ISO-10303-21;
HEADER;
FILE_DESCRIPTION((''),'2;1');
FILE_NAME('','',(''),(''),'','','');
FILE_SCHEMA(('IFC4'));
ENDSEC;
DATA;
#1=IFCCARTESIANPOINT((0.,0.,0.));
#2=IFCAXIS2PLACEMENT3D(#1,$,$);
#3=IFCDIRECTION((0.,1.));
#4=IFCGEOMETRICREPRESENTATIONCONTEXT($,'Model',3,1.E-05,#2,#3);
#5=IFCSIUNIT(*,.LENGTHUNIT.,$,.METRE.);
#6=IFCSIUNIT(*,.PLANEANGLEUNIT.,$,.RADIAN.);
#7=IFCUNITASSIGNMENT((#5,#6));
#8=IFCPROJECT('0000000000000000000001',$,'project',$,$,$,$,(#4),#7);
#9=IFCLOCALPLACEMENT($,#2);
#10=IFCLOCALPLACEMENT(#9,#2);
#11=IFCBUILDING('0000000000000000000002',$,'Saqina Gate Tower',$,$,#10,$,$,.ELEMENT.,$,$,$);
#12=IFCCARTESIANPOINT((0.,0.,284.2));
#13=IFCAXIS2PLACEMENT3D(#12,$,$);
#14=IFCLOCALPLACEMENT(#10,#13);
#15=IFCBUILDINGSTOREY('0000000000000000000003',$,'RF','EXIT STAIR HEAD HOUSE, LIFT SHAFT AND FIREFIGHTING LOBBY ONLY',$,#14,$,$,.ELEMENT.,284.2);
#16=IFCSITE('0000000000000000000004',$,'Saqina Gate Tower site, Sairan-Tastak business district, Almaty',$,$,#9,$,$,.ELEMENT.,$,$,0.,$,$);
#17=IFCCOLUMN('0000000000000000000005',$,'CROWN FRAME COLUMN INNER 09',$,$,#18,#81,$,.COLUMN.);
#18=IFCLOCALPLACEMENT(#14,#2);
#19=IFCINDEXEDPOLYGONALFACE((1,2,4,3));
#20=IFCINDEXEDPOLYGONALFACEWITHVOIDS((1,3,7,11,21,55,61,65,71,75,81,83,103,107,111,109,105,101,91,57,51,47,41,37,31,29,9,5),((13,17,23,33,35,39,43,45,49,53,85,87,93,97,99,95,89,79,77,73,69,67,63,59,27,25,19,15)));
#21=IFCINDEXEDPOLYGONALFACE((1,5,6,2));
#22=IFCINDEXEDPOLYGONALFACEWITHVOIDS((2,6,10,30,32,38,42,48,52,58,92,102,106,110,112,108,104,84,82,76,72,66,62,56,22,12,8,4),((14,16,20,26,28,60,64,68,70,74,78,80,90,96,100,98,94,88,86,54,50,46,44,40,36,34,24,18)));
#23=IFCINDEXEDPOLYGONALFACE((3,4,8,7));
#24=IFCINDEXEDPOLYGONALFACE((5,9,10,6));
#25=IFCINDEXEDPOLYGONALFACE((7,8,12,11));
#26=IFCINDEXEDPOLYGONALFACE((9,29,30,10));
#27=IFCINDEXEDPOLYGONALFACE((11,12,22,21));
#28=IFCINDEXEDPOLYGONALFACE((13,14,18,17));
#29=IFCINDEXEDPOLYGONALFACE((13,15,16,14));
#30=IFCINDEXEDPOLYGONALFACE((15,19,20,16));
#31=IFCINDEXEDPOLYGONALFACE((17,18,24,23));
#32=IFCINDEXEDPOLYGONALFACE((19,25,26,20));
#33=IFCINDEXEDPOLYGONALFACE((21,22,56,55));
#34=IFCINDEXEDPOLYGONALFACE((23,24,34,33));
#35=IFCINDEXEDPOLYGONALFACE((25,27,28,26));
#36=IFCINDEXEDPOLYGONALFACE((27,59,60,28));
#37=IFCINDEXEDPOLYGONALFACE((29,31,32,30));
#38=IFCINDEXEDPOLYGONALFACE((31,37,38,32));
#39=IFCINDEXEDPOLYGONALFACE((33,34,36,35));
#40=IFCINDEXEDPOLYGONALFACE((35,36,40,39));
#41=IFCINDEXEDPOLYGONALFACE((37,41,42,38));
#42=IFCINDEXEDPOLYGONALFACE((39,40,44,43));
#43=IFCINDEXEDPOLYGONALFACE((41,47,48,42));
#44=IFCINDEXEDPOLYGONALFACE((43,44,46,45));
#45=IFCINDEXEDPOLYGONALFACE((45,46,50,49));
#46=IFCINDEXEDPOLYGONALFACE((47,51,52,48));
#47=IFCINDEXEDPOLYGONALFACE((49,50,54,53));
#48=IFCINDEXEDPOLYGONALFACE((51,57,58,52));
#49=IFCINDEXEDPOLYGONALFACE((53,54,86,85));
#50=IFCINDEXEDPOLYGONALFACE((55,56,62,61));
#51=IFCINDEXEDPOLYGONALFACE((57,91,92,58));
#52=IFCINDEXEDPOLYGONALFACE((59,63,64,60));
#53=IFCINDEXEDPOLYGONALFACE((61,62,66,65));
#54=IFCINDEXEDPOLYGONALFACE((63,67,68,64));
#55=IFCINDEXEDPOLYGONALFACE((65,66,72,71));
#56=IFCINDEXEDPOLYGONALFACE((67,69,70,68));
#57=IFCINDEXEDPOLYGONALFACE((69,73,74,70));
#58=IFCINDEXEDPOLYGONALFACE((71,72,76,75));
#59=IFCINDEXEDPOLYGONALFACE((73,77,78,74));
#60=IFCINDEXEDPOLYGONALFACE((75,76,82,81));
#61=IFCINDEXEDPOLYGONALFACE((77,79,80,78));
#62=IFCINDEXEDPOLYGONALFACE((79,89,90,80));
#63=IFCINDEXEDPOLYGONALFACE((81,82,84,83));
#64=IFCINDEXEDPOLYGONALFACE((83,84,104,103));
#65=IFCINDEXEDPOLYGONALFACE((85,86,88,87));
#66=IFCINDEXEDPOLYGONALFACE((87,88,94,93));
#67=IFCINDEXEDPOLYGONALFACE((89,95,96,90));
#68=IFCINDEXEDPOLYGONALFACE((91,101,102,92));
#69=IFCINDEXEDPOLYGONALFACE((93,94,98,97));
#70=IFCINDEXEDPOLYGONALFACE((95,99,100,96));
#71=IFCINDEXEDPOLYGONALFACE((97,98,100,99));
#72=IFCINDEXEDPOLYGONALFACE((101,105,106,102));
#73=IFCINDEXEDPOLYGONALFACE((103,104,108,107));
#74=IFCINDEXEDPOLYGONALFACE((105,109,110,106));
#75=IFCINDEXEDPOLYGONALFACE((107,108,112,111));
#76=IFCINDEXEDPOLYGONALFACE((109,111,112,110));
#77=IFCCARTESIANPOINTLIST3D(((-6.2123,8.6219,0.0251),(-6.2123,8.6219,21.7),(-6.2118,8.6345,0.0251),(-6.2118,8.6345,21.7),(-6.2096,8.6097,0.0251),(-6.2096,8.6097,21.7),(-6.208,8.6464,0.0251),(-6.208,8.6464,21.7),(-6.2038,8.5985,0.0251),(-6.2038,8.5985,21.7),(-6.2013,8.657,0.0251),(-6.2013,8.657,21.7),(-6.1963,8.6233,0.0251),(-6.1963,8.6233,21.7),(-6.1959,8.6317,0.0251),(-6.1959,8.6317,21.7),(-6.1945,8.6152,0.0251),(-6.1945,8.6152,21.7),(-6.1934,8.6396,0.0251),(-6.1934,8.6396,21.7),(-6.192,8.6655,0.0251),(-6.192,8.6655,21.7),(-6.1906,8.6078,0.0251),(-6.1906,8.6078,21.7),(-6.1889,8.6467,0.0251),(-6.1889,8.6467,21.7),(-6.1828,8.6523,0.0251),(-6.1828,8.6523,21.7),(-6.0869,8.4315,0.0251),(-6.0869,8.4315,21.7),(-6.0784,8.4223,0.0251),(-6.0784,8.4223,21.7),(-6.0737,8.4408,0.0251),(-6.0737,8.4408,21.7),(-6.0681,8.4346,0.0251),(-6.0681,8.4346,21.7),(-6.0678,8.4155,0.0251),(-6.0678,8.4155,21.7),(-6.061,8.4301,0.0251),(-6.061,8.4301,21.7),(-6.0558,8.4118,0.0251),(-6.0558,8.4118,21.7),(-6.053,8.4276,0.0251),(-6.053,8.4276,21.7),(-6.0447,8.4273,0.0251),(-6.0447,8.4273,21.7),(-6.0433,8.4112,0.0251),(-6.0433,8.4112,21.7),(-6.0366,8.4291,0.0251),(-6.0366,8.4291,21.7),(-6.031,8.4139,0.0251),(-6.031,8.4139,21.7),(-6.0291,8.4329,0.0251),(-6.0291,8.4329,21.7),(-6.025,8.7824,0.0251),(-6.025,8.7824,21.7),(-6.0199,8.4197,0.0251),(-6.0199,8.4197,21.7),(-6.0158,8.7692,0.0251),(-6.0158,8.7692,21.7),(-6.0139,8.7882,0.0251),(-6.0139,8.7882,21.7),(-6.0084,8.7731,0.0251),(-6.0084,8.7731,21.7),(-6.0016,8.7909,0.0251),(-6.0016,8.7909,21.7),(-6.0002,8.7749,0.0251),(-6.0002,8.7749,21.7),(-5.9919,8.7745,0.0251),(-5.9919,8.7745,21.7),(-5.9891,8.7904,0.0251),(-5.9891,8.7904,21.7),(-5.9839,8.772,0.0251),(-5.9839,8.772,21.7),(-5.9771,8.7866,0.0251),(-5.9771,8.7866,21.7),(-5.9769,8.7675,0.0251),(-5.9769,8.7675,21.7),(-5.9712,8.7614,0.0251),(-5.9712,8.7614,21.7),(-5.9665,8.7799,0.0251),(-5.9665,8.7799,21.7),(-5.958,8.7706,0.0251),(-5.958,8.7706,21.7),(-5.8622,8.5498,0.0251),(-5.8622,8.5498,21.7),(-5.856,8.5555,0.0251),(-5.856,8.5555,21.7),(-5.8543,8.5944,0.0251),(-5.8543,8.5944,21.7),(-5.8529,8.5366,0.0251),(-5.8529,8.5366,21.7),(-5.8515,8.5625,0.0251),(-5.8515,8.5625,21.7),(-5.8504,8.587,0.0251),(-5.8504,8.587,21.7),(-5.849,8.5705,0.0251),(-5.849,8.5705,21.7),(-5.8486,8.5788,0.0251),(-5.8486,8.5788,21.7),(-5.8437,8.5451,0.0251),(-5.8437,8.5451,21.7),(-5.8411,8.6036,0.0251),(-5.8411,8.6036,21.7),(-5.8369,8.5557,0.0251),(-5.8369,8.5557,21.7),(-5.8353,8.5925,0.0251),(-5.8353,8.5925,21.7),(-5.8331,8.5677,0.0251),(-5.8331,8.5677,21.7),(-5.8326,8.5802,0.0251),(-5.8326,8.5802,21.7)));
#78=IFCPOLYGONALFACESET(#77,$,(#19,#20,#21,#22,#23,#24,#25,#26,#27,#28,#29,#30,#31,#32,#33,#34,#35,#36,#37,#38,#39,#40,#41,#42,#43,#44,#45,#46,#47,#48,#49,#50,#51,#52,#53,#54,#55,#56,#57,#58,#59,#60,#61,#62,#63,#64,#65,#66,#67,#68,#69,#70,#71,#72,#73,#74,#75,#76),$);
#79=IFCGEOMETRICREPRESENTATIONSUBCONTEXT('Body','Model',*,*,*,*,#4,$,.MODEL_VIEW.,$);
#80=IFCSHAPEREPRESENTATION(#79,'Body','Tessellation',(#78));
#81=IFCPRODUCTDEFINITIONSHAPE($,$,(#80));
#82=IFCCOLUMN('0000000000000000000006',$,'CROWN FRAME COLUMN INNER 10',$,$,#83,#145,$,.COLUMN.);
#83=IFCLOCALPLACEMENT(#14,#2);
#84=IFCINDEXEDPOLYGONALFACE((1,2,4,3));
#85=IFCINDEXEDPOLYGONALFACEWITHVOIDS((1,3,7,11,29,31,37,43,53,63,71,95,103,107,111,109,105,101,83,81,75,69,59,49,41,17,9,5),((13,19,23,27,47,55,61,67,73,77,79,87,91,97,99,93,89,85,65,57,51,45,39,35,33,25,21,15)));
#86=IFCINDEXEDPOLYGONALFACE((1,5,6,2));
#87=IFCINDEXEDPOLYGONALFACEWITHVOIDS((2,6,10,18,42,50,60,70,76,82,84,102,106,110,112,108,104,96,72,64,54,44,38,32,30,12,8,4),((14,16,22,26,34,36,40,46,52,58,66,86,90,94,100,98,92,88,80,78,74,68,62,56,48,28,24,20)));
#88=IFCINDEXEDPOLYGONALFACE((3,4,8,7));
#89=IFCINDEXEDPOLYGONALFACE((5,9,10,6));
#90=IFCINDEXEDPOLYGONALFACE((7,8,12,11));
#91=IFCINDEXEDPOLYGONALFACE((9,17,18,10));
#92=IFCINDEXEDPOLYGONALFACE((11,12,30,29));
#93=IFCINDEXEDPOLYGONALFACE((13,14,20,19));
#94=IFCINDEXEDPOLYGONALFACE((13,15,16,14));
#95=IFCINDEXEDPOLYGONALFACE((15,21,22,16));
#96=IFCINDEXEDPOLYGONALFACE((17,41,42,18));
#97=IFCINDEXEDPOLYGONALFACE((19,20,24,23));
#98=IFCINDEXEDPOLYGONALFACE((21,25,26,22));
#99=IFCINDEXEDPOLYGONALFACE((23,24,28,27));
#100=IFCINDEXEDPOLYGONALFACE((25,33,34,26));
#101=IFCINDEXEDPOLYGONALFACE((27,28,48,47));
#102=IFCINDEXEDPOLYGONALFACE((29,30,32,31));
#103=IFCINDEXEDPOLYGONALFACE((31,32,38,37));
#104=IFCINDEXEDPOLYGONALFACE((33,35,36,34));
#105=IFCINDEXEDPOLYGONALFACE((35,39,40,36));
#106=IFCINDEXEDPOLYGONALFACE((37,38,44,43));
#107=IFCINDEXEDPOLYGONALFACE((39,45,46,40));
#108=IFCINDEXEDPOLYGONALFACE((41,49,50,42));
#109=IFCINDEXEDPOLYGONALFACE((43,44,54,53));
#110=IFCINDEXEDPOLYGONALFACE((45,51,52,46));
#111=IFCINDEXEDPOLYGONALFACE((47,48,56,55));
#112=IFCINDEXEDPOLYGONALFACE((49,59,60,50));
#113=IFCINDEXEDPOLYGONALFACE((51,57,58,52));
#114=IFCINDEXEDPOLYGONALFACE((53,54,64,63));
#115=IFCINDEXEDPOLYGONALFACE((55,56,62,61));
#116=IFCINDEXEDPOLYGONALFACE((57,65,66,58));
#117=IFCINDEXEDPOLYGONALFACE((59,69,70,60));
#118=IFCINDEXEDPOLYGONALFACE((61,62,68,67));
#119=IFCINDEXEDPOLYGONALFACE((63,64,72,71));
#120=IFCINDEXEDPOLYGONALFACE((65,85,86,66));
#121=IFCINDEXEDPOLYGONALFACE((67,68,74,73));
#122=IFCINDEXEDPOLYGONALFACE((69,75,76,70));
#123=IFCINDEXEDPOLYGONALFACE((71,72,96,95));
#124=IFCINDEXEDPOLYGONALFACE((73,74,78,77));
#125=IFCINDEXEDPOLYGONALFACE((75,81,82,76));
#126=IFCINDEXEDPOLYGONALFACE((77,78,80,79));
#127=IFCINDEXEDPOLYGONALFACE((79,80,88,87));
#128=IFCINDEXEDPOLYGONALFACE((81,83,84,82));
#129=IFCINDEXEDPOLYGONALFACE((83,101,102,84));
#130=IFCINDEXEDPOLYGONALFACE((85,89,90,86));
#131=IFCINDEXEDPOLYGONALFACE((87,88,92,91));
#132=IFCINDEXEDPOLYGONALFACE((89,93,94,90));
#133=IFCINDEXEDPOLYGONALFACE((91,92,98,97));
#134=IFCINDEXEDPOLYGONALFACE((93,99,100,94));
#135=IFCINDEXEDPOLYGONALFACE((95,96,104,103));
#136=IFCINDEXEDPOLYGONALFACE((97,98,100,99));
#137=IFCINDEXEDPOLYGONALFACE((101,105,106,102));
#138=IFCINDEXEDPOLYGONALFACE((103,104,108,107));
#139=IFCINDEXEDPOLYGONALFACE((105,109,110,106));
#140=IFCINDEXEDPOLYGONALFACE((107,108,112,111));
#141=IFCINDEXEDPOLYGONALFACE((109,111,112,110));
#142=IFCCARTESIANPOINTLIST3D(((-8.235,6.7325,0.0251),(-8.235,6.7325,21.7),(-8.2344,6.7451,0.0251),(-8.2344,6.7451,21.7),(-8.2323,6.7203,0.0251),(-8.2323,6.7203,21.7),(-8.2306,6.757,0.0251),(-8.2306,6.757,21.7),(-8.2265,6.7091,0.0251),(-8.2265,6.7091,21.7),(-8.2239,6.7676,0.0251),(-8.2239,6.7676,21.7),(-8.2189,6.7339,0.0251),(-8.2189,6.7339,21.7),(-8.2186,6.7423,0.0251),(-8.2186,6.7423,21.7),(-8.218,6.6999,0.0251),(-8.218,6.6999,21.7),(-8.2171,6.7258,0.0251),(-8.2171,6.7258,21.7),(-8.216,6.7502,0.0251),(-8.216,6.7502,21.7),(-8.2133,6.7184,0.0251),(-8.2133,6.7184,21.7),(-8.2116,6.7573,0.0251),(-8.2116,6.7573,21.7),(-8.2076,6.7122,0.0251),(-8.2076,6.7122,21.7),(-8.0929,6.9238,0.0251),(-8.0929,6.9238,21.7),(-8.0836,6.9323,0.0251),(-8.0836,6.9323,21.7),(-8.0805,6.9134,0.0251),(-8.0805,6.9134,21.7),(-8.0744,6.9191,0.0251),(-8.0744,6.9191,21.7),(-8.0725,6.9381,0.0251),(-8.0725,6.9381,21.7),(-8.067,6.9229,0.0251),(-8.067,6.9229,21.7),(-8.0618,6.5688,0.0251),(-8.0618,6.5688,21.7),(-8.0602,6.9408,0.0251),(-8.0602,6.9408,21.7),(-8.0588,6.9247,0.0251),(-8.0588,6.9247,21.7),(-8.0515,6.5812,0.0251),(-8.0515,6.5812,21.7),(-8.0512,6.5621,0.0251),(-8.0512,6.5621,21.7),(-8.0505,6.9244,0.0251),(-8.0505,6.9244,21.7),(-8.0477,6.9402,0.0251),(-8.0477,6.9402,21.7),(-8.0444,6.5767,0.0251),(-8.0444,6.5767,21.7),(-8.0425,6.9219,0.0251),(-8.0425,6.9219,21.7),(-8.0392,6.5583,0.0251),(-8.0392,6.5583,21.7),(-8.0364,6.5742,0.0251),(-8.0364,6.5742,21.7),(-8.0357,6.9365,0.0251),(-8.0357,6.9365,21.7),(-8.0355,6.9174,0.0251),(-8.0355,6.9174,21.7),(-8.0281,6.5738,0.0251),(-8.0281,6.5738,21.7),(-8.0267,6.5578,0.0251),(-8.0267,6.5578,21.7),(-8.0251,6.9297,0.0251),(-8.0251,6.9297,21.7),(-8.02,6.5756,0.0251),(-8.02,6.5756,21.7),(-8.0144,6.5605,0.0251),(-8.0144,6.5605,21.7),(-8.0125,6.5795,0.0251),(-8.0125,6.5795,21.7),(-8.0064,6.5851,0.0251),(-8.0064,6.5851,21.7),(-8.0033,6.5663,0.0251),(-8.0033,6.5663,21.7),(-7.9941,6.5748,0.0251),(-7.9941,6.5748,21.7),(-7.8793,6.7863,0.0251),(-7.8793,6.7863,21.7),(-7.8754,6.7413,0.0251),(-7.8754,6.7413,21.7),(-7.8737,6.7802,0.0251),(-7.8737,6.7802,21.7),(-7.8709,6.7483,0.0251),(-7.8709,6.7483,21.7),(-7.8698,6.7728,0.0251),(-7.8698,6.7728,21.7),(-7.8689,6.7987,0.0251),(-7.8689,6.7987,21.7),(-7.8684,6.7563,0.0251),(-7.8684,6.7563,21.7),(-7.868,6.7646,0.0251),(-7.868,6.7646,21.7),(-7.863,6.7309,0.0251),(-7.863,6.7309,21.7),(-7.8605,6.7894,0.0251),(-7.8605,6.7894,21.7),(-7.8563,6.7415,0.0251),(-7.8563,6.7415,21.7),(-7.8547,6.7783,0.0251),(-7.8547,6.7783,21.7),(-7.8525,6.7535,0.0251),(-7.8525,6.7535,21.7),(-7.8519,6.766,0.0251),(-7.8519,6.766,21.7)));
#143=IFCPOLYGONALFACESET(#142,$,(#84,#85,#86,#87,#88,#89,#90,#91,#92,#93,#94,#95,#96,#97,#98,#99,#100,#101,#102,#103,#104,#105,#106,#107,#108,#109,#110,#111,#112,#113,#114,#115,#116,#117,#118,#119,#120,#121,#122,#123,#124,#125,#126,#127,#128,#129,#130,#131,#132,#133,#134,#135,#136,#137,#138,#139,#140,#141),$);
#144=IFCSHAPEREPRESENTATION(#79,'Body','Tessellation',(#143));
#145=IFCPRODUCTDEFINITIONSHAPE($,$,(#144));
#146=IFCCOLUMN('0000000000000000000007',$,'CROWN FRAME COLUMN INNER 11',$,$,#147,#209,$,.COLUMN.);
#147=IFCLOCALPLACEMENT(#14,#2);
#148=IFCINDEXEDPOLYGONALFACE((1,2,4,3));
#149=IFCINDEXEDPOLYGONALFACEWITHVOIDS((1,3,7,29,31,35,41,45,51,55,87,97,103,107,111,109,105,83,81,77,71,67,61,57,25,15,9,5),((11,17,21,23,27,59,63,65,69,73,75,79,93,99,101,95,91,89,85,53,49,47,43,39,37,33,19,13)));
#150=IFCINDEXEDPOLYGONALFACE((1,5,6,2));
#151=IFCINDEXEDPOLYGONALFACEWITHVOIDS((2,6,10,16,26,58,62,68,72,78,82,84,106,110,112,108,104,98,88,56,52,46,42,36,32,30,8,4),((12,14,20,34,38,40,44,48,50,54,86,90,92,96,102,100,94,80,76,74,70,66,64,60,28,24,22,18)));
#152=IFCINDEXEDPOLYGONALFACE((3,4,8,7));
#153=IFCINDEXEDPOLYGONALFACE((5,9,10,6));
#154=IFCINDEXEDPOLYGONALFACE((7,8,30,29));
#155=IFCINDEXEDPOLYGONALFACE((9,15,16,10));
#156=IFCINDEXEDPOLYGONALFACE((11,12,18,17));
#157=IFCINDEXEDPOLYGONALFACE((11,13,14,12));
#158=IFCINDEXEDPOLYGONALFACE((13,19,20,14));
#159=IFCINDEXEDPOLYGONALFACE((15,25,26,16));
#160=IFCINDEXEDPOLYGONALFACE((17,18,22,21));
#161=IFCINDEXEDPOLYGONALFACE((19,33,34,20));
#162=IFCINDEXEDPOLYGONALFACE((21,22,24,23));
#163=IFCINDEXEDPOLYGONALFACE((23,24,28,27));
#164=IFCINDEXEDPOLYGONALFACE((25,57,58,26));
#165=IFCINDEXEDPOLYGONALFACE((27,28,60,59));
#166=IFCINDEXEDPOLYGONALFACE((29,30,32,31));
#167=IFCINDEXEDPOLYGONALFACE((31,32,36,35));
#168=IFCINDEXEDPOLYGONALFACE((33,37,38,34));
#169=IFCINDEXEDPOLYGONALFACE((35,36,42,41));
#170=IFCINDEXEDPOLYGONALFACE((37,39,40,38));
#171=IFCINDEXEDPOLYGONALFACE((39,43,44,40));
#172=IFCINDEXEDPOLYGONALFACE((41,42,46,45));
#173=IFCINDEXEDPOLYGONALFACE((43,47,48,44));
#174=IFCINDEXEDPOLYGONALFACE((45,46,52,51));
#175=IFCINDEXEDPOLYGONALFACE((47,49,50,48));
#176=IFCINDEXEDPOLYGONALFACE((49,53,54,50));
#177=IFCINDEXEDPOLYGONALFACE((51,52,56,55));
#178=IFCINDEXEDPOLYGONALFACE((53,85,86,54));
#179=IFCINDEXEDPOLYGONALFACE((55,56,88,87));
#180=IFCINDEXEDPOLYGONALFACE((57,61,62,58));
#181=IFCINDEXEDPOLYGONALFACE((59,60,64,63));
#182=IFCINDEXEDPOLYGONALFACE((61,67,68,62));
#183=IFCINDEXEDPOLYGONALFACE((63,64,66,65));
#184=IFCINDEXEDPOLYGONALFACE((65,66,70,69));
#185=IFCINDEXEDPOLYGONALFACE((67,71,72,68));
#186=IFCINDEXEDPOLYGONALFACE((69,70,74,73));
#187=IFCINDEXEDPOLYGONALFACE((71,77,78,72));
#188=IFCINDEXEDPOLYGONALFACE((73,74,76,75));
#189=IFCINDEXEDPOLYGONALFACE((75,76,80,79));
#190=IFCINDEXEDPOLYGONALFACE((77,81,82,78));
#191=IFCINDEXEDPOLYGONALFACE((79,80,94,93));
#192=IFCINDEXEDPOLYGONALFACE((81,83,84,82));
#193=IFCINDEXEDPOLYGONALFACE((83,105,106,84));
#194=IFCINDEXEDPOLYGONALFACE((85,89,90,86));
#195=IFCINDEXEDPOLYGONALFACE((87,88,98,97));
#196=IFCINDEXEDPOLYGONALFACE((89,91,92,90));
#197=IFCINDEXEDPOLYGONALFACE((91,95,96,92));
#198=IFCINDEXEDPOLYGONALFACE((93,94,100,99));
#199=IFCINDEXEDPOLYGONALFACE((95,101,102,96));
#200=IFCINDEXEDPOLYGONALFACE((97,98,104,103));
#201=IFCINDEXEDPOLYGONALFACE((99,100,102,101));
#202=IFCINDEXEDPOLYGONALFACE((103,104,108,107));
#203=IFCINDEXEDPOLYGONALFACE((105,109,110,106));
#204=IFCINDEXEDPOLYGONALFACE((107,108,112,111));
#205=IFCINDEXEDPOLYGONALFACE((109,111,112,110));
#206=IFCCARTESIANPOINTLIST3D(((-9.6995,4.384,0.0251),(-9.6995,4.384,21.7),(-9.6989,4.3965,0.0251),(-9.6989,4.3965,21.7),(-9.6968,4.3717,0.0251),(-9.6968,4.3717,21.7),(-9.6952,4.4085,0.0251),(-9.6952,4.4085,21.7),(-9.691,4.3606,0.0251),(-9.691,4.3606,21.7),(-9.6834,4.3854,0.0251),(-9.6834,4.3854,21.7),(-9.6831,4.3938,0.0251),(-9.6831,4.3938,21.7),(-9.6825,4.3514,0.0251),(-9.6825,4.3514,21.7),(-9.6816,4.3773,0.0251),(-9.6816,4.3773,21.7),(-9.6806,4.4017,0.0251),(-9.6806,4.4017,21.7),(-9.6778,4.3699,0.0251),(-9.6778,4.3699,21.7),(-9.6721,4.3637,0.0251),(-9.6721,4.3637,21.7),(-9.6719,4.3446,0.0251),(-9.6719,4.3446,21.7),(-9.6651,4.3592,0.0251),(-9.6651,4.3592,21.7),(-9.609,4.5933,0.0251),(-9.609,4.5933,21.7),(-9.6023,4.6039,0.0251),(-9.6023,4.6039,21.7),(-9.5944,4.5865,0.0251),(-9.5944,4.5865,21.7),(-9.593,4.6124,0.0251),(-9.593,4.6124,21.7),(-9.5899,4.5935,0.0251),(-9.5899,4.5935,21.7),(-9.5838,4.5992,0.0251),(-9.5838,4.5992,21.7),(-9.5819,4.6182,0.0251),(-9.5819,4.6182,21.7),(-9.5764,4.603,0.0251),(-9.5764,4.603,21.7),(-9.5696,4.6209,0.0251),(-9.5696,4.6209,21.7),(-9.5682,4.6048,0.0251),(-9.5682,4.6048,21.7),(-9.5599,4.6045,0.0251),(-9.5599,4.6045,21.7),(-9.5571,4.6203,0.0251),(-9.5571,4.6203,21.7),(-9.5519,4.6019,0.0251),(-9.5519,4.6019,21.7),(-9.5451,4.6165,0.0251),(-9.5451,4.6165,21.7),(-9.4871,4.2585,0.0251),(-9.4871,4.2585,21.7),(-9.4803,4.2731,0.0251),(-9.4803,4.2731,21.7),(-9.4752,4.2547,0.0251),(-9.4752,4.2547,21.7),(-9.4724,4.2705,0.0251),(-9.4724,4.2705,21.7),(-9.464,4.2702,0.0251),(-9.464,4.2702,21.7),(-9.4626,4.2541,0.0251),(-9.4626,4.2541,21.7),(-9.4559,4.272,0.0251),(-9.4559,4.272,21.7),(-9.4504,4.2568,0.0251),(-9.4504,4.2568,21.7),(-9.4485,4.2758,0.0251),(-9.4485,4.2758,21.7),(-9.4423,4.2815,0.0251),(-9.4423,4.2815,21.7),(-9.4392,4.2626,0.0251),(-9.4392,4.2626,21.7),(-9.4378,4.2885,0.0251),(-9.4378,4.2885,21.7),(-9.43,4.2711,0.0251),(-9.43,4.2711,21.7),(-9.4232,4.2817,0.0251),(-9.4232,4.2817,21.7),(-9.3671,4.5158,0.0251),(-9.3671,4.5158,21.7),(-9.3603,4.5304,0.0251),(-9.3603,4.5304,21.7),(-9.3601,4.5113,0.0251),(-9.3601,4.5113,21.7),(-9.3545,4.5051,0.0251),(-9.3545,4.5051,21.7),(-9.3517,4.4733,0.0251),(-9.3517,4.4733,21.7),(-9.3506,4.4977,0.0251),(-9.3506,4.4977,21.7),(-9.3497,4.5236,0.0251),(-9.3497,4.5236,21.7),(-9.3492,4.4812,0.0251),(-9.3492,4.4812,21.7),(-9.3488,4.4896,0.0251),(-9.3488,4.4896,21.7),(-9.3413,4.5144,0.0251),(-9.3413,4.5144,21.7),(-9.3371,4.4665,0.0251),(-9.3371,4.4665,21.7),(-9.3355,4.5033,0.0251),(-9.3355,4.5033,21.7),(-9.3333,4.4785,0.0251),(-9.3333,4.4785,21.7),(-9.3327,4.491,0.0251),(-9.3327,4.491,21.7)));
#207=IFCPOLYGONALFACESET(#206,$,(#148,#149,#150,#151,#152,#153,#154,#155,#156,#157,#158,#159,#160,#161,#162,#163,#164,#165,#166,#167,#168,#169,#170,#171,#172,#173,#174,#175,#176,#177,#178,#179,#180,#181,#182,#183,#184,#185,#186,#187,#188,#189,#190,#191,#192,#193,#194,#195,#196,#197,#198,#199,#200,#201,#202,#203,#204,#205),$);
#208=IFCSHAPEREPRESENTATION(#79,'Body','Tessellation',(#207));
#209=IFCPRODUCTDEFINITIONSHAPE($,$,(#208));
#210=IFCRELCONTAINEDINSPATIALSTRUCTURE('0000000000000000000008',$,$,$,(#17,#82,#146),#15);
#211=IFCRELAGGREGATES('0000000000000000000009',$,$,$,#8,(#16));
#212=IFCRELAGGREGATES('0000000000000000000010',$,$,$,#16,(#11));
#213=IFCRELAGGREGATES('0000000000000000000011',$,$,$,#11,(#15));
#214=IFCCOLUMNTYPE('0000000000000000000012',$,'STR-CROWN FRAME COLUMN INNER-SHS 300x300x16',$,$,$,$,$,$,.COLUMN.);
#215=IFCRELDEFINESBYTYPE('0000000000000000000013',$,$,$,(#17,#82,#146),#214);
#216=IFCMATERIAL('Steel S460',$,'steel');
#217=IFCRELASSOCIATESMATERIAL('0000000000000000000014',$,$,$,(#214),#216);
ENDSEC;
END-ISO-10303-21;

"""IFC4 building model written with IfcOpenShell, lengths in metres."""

from ifc_helpers import new_model, si_unit, direction, frame, origin, origin_2d, place, context, subcontext, project, spatial, hollow_rectangle, extrude, material, material_profile, profile_set, type_object, element, save


model = new_model("IFC4")

# Units and contexts
model_context = context("Model", 3, precision=1e-05, world=origin(), true_north=direction((0.0, 1.0)))
body_context = subcontext(model_context, "Body", "Model", "MODEL_VIEW")
ifc_project = project(units=[si_unit("LENGTHUNIT", "METRE"), si_unit("PLANEANGLEUNIT", "RADIAN")], contexts=[model_context])

# Site, building, storey
site_placement = place(None, origin())
site = spatial("IfcSite", under=ifc_project, at=site_placement, Name="Saqina Gate Tower site, Sairan-Tastak business district, Almaty", CompositionType="ELEMENT", RefElevation=0.0)
building_placement = place(site_placement, origin())
building = spatial("IfcBuilding", under=site, at=building_placement, Name="Saqina Gate Tower", CompositionType="ELEMENT")
storey_placement = place(building_placement, frame((0.0, 0.0, 284.2)))
storey = spatial("IfcBuildingStorey", under=building, at=storey_placement, Name="RF", Description="EXIT STAIR HEAD HOUSE, LIFT SHAFT AND FIREFIGHTING LOBBY ONLY", CompositionType="ELEMENT", Elevation=284.2)

# Columns
ifc_material_1 = material(Name="Steel S460", Category="steel")
ifc_material_profile_1 = material_profile(ifc_material_1, hollow_rectangle(XDim=0.3, YDim=0.3, WallThickness=0.0161, InnerFilletRadius=0.032, OuterFilletRadius=0.0481, at=origin_2d()), Name="SHS 300x300x16")
ifc_profile_set_1 = profile_set([ifc_material_profile_1], Name="Steel S460")
column_type = type_object("IfcColumnType", Name="STR-CROWN FRAME COLUMN INNER-SHS 300x300x16", PredefinedType="COLUMN", material=ifc_profile_set_1)
for number, where, z_axis, x_axis, name in (
    (1, (-6.0225, 8.6011, 0.0251), (0.0, 0.0, 1.0), (-0.573576, 0.819152, 0.0), "CROWN FRAME COLUMN INNER 09"),
    (2, (-8.0435, 6.7493, 0.0251), (0.0, 0.0, 1.0), (-0.766044, 0.642788, 0.0), "CROWN FRAME COLUMN INNER 10"),
    (3, (-9.5161, 4.4375, 0.0251), (0.0, 0.0, 1.0), (-0.906308, 0.422618, 0.0), "CROWN FRAME COLUMN INNER 11"),
):
    element("IfcColumn", number, at=place(storey_placement, frame(where, z_axis=z_axis, x_axis=x_axis)), inside=storey, type_object=column_type, Name=name, PredefinedType="COLUMN", context=body_context, shape_type="SweptSolid", body=[
        extrude(hollow_rectangle(XDim=0.3, YDim=0.3, WallThickness=0.0161, InnerFilletRadius=0.032, OuterFilletRadius=0.0481, at=origin_2d()), origin(), (0.0, 0.0, 1.0), 21.6748),
    ])

save(model, "model.ifc")
